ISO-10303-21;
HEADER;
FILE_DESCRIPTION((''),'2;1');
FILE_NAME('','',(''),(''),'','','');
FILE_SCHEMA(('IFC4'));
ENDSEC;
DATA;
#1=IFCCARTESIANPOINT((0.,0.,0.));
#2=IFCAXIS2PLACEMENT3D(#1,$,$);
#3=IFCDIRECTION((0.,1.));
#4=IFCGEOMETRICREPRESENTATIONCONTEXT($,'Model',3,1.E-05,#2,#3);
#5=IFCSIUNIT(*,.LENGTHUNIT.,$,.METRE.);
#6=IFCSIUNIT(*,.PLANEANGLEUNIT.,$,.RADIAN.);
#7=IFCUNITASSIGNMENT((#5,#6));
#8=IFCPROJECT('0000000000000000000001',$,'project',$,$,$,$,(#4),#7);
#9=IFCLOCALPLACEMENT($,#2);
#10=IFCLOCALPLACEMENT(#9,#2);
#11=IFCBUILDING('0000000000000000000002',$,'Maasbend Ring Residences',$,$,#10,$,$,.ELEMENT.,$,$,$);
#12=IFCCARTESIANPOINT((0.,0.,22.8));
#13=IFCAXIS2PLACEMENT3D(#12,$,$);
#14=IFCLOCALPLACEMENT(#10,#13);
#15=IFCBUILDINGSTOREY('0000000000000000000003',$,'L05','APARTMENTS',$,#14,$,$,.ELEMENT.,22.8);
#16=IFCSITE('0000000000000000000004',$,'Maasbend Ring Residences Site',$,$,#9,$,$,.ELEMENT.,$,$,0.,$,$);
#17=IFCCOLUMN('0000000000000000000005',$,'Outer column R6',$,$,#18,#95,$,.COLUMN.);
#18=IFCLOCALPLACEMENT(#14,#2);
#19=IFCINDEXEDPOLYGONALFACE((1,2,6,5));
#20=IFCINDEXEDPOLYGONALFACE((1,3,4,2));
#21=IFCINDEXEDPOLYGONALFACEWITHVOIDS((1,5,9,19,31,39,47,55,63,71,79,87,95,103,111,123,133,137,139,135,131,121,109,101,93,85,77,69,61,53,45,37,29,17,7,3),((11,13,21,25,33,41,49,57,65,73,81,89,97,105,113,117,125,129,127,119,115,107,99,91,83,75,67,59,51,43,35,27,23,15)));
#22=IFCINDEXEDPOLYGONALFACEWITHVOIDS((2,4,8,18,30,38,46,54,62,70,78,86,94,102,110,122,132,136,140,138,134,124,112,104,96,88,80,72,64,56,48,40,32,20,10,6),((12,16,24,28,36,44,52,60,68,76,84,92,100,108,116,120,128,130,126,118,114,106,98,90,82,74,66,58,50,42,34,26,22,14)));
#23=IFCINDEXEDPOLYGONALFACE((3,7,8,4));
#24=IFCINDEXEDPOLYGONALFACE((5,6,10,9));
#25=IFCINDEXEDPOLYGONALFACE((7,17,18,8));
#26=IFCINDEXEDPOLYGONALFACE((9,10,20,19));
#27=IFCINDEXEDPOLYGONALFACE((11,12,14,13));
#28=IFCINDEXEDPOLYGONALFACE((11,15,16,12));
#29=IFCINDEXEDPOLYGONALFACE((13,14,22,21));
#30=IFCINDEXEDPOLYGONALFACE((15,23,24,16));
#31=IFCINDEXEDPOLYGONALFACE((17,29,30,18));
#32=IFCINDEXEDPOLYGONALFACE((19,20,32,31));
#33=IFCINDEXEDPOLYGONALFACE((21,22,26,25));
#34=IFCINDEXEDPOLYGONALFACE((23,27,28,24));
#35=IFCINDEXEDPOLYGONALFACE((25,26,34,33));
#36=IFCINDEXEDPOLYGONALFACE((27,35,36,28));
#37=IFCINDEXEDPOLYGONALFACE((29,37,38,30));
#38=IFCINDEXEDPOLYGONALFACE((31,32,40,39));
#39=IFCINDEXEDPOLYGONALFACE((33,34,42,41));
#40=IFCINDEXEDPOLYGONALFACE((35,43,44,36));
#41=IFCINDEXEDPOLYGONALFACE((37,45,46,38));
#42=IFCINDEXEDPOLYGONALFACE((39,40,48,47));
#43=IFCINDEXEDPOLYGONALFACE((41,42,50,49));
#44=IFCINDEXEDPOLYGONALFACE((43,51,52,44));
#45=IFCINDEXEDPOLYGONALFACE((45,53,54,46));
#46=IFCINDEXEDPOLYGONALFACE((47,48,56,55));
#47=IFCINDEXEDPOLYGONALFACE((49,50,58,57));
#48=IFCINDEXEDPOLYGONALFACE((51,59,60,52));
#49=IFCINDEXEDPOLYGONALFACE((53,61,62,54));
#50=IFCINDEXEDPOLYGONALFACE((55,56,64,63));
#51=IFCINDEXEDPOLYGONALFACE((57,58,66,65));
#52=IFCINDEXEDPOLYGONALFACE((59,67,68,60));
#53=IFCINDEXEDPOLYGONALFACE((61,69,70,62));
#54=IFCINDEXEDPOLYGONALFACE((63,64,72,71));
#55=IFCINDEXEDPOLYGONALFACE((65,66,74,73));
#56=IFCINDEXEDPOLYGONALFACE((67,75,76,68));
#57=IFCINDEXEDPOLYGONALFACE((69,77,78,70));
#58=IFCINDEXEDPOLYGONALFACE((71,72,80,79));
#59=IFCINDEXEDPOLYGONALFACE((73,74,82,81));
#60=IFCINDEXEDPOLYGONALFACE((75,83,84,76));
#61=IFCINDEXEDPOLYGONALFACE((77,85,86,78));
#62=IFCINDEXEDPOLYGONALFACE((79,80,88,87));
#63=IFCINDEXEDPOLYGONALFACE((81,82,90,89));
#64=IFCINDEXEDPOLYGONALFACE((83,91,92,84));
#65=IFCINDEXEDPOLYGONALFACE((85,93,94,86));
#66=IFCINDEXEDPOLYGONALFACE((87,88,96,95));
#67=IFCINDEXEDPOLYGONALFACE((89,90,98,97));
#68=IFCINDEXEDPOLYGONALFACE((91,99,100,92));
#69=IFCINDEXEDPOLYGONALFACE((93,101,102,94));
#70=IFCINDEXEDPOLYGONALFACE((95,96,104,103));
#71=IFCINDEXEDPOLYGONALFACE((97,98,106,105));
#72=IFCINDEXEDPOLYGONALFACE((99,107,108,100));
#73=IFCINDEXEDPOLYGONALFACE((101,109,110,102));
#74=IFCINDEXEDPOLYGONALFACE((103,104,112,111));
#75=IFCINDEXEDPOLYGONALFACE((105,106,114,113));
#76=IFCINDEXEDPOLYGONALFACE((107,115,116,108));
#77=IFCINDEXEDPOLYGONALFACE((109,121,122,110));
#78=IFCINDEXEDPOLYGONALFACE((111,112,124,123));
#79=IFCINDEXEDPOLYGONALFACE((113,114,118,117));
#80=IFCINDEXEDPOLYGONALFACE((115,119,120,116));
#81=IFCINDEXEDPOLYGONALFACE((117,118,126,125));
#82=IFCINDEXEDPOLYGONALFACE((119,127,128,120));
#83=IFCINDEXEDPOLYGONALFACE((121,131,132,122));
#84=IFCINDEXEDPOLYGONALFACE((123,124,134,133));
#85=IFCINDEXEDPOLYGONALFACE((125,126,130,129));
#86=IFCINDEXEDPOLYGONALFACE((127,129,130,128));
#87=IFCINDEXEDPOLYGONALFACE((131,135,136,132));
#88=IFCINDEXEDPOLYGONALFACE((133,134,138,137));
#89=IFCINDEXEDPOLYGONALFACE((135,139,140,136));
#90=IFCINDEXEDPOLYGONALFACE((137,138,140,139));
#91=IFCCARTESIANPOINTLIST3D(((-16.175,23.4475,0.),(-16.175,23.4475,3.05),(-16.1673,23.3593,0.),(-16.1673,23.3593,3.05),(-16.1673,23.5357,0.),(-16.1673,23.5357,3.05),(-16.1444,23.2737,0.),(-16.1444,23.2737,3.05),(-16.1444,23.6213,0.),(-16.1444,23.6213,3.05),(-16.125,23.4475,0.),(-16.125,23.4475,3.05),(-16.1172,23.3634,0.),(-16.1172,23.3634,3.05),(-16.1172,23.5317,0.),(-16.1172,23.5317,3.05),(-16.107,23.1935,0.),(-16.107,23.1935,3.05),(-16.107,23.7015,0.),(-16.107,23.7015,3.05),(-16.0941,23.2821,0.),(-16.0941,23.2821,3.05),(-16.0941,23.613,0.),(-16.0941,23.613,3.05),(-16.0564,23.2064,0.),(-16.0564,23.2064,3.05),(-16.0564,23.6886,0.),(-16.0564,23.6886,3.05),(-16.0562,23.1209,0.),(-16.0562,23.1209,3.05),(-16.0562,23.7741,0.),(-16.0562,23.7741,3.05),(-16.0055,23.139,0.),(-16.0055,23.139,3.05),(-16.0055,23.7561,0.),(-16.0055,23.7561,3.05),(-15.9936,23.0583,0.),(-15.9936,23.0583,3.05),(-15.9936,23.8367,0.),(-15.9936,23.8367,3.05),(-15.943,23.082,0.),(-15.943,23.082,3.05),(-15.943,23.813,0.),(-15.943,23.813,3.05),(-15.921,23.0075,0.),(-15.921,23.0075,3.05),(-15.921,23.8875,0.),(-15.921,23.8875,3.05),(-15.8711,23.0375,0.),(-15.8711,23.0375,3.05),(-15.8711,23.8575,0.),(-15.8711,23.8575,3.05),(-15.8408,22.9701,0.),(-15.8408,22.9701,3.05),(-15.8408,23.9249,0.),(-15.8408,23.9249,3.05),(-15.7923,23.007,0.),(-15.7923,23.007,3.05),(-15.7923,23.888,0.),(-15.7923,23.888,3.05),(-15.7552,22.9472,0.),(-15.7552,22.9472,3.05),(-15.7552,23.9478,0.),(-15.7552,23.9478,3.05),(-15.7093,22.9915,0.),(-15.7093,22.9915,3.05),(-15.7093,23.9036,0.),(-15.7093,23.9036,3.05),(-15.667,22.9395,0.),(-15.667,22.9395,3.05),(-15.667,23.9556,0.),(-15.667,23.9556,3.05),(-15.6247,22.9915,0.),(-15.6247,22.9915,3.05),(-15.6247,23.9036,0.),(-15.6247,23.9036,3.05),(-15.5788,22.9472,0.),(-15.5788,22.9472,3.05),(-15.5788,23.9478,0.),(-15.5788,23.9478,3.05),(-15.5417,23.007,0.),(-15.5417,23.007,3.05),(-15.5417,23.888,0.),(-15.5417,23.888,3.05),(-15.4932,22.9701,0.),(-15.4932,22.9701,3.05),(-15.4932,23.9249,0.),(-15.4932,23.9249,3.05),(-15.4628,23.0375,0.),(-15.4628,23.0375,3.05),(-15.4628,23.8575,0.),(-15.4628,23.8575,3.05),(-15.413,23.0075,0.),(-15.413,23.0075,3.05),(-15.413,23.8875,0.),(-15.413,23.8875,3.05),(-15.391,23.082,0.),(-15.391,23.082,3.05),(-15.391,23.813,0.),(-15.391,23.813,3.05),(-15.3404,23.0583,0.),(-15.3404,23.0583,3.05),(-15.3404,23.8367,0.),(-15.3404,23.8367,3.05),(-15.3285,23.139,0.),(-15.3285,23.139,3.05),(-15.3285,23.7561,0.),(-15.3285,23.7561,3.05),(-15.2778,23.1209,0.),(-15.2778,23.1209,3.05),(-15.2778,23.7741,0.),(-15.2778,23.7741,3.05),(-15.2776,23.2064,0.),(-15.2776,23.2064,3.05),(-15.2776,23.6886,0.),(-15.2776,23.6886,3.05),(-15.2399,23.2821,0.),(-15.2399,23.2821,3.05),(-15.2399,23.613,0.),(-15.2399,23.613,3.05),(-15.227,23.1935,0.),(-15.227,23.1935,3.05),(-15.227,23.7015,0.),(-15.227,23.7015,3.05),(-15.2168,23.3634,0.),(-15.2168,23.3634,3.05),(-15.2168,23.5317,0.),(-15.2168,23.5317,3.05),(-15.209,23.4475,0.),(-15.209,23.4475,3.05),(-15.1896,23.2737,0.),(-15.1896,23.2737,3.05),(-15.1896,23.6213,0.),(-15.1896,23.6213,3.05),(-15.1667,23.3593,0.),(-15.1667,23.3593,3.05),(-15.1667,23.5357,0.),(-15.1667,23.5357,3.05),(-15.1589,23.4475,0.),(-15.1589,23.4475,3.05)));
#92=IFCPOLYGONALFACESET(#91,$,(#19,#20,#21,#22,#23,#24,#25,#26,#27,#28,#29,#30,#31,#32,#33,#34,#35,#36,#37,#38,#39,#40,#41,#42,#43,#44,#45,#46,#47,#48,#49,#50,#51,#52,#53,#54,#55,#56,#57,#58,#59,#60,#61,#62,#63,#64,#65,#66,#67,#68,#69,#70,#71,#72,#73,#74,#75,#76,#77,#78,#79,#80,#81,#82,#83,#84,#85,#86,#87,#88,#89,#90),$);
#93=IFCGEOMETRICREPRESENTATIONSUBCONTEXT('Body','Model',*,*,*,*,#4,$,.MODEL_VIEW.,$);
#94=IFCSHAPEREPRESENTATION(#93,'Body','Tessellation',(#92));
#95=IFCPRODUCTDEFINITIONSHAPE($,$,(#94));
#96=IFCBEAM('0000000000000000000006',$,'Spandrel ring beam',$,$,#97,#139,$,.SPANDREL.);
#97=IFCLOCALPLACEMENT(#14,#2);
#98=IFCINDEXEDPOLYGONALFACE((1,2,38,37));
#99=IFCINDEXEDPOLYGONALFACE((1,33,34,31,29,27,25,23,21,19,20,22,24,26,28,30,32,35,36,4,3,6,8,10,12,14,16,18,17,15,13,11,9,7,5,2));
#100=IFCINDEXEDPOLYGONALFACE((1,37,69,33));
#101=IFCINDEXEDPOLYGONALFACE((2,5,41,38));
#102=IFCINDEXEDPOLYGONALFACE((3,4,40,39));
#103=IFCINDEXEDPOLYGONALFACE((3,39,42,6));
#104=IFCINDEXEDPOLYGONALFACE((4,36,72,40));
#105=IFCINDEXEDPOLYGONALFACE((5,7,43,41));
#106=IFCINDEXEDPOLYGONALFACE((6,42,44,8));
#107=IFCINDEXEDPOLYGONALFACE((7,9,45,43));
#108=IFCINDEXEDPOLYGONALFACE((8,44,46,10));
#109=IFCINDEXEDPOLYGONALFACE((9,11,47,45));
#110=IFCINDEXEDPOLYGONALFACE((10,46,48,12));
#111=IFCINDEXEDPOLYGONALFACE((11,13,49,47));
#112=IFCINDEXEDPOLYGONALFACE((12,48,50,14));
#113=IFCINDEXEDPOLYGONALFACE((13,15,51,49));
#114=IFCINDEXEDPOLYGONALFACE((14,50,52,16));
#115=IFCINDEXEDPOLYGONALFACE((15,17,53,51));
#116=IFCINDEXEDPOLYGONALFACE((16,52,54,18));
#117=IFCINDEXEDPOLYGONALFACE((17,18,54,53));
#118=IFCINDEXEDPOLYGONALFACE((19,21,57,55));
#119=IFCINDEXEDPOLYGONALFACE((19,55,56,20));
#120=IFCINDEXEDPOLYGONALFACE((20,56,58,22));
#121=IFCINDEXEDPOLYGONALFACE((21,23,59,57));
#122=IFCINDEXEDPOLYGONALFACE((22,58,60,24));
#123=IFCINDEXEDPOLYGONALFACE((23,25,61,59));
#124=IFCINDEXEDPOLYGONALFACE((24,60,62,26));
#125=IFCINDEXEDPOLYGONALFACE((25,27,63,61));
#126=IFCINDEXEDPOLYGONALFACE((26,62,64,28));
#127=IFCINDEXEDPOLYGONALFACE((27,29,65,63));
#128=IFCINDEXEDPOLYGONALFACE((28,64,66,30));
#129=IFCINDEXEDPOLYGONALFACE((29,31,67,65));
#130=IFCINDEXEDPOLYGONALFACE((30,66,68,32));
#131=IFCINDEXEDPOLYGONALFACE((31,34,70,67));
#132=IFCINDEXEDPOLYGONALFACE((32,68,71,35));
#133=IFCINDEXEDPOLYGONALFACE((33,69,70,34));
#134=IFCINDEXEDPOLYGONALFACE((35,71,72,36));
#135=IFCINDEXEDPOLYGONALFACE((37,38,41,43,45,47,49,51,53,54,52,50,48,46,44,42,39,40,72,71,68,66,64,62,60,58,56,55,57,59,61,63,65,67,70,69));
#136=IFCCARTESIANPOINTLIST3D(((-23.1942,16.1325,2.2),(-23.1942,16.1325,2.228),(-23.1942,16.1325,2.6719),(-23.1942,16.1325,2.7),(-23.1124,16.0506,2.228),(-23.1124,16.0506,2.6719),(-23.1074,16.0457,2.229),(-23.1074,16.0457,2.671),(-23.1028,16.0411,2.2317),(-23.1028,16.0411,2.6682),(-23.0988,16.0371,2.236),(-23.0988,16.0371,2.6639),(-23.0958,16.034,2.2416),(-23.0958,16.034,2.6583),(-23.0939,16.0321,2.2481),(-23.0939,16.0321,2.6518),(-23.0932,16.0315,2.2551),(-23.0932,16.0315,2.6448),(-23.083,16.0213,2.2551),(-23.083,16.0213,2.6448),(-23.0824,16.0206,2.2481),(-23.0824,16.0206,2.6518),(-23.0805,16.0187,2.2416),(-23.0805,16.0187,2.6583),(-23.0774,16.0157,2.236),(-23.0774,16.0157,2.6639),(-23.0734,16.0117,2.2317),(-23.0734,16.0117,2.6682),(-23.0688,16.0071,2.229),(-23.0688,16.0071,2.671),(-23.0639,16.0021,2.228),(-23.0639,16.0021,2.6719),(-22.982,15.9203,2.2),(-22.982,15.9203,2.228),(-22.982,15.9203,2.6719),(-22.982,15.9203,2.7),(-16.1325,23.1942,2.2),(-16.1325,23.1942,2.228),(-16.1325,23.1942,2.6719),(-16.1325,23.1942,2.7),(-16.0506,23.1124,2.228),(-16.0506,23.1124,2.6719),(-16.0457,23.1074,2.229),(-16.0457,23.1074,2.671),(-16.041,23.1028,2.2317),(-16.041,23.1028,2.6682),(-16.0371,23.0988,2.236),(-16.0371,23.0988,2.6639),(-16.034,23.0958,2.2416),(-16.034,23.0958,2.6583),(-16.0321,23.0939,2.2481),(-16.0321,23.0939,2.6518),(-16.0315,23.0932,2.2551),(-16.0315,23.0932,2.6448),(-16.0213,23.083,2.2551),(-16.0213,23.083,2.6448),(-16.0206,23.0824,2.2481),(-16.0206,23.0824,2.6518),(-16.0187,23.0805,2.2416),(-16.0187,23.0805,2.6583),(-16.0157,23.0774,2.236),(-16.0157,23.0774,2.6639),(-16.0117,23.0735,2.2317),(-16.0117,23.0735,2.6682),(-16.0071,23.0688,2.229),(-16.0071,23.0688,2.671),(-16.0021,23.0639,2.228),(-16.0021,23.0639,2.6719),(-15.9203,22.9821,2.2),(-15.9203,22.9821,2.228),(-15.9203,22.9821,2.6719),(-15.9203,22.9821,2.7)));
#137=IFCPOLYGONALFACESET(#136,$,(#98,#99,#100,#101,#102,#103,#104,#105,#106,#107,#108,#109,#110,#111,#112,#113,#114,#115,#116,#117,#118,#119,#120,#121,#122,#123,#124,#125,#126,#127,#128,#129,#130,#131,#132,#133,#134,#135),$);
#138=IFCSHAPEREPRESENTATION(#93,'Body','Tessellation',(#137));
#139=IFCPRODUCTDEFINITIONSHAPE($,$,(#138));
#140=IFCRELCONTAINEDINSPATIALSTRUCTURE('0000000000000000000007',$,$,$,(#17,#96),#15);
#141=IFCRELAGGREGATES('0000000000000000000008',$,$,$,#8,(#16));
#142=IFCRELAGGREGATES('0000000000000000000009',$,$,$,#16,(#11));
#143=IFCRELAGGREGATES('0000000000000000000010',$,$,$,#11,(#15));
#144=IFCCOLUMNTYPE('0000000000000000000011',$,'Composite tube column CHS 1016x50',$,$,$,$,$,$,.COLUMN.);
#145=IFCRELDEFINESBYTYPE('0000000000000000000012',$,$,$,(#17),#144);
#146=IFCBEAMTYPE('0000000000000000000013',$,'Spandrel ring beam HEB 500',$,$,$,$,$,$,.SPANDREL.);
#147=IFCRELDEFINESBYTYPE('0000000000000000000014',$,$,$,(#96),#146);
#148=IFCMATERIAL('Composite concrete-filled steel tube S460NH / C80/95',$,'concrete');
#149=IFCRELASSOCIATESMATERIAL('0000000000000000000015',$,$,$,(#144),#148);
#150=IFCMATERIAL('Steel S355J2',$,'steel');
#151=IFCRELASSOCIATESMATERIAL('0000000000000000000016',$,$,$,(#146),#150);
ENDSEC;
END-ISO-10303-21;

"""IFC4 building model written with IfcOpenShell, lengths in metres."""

from ifc_helpers import new_model, si_unit, direction, frame, origin, origin_2d, place, context, subcontext, project, spatial, hollow_circle, i_section, extrude, material, material_profile, profile_set, type_object, element, save


model = new_model("IFC4")

# Units and contexts
model_context = context("Model", 3, precision=1e-05, world=origin(), true_north=direction((0.0, 1.0)))
body_context = subcontext(model_context, "Body", "Model", "MODEL_VIEW")
ifc_project = project(units=[si_unit("LENGTHUNIT", "METRE"), si_unit("PLANEANGLEUNIT", "RADIAN")], contexts=[model_context])

# Site, building, storey
site_placement = place(None, origin())
site = spatial("IfcSite", under=ifc_project, at=site_placement, Name="Maasbend Ring Residences Site", CompositionType="ELEMENT", RefElevation=0.0)
building_placement = place(site_placement, origin())
building = spatial("IfcBuilding", under=site, at=building_placement, Name="Maasbend Ring Residences", CompositionType="ELEMENT")
storey_placement = place(building_placement, frame((0.0, 0.0, 22.8)))
storey = spatial("IfcBuildingStorey", under=building, at=storey_placement, Name="L05", Description="APARTMENTS", CompositionType="ELEMENT", Elevation=22.8)

# Column
ifc_material_1 = material(Name="Composite concrete-filled steel tube S460NH / C80/95", Category="concrete")
ifc_material_profile_1 = material_profile(ifc_material_1, hollow_circle(Radius=0.5081, WallThickness=0.05, at=origin_2d()), Name="Composite tube column CHS 1016x50")
ifc_profile_set_1 = profile_set([ifc_material_profile_1], Name="Composite concrete-filled steel tube S460NH / C80/95")
column_type = type_object("IfcColumnType", Name="Composite tube column CHS 1016x50", PredefinedType="COLUMN", material=ifc_profile_set_1)
column_placement = place(storey_placement, frame((-15.667, 23.4475, 0.0), z_axis=(0.0, 0.0, 1.0), x_axis=(1.0, 0.0, 0.0)))
element("IfcColumn", 1, at=column_placement, inside=storey, type_object=column_type, Name="Outer column R6", PredefinedType="COLUMN", context=body_context, shape_type="SweptSolid", body=[
    extrude(hollow_circle(Radius=0.5081, WallThickness=0.05, at=origin_2d()), origin(), (0.0, 0.0, 1.0), 3.05),
])

# Beam
ifc_material_2 = material(Name="Steel S355J2", Category="steel")
ifc_material_profile_2 = material_profile(ifc_material_2, i_section(OverallWidth=0.3, OverallDepth=0.5, WebThickness=0.0144, FlangeThickness=0.0281, FilletRadius=0.0271, at=origin_2d()), Name="HEB 500")
ifc_profile_set_2 = profile_set([ifc_material_profile_2], Name="Steel S355J2")
beam_type = type_object("IfcBeamType", Name="Spandrel ring beam HEB 500", PredefinedType="SPANDREL", material=ifc_profile_set_2)
beam_placement = place(storey_placement, frame((-16.0264, 23.0881, 2.45), z_axis=(-0.707107, -0.707107, 0.0), x_axis=(0.707107, -0.707107, 0.0)))
element("IfcBeam", 2, at=beam_placement, inside=storey, type_object=beam_type, Name="Spandrel ring beam", PredefinedType="SPANDREL", context=body_context, shape_type="SweptSolid", body=[
    extrude(i_section(OverallWidth=0.3, OverallDepth=0.5, WebThickness=0.0144, FlangeThickness=0.0281, FilletRadius=0.0271, at=origin_2d()), origin(), (0.0, 0.0, 1.0), 9.9868),
])

save(model, "model.ifc")
